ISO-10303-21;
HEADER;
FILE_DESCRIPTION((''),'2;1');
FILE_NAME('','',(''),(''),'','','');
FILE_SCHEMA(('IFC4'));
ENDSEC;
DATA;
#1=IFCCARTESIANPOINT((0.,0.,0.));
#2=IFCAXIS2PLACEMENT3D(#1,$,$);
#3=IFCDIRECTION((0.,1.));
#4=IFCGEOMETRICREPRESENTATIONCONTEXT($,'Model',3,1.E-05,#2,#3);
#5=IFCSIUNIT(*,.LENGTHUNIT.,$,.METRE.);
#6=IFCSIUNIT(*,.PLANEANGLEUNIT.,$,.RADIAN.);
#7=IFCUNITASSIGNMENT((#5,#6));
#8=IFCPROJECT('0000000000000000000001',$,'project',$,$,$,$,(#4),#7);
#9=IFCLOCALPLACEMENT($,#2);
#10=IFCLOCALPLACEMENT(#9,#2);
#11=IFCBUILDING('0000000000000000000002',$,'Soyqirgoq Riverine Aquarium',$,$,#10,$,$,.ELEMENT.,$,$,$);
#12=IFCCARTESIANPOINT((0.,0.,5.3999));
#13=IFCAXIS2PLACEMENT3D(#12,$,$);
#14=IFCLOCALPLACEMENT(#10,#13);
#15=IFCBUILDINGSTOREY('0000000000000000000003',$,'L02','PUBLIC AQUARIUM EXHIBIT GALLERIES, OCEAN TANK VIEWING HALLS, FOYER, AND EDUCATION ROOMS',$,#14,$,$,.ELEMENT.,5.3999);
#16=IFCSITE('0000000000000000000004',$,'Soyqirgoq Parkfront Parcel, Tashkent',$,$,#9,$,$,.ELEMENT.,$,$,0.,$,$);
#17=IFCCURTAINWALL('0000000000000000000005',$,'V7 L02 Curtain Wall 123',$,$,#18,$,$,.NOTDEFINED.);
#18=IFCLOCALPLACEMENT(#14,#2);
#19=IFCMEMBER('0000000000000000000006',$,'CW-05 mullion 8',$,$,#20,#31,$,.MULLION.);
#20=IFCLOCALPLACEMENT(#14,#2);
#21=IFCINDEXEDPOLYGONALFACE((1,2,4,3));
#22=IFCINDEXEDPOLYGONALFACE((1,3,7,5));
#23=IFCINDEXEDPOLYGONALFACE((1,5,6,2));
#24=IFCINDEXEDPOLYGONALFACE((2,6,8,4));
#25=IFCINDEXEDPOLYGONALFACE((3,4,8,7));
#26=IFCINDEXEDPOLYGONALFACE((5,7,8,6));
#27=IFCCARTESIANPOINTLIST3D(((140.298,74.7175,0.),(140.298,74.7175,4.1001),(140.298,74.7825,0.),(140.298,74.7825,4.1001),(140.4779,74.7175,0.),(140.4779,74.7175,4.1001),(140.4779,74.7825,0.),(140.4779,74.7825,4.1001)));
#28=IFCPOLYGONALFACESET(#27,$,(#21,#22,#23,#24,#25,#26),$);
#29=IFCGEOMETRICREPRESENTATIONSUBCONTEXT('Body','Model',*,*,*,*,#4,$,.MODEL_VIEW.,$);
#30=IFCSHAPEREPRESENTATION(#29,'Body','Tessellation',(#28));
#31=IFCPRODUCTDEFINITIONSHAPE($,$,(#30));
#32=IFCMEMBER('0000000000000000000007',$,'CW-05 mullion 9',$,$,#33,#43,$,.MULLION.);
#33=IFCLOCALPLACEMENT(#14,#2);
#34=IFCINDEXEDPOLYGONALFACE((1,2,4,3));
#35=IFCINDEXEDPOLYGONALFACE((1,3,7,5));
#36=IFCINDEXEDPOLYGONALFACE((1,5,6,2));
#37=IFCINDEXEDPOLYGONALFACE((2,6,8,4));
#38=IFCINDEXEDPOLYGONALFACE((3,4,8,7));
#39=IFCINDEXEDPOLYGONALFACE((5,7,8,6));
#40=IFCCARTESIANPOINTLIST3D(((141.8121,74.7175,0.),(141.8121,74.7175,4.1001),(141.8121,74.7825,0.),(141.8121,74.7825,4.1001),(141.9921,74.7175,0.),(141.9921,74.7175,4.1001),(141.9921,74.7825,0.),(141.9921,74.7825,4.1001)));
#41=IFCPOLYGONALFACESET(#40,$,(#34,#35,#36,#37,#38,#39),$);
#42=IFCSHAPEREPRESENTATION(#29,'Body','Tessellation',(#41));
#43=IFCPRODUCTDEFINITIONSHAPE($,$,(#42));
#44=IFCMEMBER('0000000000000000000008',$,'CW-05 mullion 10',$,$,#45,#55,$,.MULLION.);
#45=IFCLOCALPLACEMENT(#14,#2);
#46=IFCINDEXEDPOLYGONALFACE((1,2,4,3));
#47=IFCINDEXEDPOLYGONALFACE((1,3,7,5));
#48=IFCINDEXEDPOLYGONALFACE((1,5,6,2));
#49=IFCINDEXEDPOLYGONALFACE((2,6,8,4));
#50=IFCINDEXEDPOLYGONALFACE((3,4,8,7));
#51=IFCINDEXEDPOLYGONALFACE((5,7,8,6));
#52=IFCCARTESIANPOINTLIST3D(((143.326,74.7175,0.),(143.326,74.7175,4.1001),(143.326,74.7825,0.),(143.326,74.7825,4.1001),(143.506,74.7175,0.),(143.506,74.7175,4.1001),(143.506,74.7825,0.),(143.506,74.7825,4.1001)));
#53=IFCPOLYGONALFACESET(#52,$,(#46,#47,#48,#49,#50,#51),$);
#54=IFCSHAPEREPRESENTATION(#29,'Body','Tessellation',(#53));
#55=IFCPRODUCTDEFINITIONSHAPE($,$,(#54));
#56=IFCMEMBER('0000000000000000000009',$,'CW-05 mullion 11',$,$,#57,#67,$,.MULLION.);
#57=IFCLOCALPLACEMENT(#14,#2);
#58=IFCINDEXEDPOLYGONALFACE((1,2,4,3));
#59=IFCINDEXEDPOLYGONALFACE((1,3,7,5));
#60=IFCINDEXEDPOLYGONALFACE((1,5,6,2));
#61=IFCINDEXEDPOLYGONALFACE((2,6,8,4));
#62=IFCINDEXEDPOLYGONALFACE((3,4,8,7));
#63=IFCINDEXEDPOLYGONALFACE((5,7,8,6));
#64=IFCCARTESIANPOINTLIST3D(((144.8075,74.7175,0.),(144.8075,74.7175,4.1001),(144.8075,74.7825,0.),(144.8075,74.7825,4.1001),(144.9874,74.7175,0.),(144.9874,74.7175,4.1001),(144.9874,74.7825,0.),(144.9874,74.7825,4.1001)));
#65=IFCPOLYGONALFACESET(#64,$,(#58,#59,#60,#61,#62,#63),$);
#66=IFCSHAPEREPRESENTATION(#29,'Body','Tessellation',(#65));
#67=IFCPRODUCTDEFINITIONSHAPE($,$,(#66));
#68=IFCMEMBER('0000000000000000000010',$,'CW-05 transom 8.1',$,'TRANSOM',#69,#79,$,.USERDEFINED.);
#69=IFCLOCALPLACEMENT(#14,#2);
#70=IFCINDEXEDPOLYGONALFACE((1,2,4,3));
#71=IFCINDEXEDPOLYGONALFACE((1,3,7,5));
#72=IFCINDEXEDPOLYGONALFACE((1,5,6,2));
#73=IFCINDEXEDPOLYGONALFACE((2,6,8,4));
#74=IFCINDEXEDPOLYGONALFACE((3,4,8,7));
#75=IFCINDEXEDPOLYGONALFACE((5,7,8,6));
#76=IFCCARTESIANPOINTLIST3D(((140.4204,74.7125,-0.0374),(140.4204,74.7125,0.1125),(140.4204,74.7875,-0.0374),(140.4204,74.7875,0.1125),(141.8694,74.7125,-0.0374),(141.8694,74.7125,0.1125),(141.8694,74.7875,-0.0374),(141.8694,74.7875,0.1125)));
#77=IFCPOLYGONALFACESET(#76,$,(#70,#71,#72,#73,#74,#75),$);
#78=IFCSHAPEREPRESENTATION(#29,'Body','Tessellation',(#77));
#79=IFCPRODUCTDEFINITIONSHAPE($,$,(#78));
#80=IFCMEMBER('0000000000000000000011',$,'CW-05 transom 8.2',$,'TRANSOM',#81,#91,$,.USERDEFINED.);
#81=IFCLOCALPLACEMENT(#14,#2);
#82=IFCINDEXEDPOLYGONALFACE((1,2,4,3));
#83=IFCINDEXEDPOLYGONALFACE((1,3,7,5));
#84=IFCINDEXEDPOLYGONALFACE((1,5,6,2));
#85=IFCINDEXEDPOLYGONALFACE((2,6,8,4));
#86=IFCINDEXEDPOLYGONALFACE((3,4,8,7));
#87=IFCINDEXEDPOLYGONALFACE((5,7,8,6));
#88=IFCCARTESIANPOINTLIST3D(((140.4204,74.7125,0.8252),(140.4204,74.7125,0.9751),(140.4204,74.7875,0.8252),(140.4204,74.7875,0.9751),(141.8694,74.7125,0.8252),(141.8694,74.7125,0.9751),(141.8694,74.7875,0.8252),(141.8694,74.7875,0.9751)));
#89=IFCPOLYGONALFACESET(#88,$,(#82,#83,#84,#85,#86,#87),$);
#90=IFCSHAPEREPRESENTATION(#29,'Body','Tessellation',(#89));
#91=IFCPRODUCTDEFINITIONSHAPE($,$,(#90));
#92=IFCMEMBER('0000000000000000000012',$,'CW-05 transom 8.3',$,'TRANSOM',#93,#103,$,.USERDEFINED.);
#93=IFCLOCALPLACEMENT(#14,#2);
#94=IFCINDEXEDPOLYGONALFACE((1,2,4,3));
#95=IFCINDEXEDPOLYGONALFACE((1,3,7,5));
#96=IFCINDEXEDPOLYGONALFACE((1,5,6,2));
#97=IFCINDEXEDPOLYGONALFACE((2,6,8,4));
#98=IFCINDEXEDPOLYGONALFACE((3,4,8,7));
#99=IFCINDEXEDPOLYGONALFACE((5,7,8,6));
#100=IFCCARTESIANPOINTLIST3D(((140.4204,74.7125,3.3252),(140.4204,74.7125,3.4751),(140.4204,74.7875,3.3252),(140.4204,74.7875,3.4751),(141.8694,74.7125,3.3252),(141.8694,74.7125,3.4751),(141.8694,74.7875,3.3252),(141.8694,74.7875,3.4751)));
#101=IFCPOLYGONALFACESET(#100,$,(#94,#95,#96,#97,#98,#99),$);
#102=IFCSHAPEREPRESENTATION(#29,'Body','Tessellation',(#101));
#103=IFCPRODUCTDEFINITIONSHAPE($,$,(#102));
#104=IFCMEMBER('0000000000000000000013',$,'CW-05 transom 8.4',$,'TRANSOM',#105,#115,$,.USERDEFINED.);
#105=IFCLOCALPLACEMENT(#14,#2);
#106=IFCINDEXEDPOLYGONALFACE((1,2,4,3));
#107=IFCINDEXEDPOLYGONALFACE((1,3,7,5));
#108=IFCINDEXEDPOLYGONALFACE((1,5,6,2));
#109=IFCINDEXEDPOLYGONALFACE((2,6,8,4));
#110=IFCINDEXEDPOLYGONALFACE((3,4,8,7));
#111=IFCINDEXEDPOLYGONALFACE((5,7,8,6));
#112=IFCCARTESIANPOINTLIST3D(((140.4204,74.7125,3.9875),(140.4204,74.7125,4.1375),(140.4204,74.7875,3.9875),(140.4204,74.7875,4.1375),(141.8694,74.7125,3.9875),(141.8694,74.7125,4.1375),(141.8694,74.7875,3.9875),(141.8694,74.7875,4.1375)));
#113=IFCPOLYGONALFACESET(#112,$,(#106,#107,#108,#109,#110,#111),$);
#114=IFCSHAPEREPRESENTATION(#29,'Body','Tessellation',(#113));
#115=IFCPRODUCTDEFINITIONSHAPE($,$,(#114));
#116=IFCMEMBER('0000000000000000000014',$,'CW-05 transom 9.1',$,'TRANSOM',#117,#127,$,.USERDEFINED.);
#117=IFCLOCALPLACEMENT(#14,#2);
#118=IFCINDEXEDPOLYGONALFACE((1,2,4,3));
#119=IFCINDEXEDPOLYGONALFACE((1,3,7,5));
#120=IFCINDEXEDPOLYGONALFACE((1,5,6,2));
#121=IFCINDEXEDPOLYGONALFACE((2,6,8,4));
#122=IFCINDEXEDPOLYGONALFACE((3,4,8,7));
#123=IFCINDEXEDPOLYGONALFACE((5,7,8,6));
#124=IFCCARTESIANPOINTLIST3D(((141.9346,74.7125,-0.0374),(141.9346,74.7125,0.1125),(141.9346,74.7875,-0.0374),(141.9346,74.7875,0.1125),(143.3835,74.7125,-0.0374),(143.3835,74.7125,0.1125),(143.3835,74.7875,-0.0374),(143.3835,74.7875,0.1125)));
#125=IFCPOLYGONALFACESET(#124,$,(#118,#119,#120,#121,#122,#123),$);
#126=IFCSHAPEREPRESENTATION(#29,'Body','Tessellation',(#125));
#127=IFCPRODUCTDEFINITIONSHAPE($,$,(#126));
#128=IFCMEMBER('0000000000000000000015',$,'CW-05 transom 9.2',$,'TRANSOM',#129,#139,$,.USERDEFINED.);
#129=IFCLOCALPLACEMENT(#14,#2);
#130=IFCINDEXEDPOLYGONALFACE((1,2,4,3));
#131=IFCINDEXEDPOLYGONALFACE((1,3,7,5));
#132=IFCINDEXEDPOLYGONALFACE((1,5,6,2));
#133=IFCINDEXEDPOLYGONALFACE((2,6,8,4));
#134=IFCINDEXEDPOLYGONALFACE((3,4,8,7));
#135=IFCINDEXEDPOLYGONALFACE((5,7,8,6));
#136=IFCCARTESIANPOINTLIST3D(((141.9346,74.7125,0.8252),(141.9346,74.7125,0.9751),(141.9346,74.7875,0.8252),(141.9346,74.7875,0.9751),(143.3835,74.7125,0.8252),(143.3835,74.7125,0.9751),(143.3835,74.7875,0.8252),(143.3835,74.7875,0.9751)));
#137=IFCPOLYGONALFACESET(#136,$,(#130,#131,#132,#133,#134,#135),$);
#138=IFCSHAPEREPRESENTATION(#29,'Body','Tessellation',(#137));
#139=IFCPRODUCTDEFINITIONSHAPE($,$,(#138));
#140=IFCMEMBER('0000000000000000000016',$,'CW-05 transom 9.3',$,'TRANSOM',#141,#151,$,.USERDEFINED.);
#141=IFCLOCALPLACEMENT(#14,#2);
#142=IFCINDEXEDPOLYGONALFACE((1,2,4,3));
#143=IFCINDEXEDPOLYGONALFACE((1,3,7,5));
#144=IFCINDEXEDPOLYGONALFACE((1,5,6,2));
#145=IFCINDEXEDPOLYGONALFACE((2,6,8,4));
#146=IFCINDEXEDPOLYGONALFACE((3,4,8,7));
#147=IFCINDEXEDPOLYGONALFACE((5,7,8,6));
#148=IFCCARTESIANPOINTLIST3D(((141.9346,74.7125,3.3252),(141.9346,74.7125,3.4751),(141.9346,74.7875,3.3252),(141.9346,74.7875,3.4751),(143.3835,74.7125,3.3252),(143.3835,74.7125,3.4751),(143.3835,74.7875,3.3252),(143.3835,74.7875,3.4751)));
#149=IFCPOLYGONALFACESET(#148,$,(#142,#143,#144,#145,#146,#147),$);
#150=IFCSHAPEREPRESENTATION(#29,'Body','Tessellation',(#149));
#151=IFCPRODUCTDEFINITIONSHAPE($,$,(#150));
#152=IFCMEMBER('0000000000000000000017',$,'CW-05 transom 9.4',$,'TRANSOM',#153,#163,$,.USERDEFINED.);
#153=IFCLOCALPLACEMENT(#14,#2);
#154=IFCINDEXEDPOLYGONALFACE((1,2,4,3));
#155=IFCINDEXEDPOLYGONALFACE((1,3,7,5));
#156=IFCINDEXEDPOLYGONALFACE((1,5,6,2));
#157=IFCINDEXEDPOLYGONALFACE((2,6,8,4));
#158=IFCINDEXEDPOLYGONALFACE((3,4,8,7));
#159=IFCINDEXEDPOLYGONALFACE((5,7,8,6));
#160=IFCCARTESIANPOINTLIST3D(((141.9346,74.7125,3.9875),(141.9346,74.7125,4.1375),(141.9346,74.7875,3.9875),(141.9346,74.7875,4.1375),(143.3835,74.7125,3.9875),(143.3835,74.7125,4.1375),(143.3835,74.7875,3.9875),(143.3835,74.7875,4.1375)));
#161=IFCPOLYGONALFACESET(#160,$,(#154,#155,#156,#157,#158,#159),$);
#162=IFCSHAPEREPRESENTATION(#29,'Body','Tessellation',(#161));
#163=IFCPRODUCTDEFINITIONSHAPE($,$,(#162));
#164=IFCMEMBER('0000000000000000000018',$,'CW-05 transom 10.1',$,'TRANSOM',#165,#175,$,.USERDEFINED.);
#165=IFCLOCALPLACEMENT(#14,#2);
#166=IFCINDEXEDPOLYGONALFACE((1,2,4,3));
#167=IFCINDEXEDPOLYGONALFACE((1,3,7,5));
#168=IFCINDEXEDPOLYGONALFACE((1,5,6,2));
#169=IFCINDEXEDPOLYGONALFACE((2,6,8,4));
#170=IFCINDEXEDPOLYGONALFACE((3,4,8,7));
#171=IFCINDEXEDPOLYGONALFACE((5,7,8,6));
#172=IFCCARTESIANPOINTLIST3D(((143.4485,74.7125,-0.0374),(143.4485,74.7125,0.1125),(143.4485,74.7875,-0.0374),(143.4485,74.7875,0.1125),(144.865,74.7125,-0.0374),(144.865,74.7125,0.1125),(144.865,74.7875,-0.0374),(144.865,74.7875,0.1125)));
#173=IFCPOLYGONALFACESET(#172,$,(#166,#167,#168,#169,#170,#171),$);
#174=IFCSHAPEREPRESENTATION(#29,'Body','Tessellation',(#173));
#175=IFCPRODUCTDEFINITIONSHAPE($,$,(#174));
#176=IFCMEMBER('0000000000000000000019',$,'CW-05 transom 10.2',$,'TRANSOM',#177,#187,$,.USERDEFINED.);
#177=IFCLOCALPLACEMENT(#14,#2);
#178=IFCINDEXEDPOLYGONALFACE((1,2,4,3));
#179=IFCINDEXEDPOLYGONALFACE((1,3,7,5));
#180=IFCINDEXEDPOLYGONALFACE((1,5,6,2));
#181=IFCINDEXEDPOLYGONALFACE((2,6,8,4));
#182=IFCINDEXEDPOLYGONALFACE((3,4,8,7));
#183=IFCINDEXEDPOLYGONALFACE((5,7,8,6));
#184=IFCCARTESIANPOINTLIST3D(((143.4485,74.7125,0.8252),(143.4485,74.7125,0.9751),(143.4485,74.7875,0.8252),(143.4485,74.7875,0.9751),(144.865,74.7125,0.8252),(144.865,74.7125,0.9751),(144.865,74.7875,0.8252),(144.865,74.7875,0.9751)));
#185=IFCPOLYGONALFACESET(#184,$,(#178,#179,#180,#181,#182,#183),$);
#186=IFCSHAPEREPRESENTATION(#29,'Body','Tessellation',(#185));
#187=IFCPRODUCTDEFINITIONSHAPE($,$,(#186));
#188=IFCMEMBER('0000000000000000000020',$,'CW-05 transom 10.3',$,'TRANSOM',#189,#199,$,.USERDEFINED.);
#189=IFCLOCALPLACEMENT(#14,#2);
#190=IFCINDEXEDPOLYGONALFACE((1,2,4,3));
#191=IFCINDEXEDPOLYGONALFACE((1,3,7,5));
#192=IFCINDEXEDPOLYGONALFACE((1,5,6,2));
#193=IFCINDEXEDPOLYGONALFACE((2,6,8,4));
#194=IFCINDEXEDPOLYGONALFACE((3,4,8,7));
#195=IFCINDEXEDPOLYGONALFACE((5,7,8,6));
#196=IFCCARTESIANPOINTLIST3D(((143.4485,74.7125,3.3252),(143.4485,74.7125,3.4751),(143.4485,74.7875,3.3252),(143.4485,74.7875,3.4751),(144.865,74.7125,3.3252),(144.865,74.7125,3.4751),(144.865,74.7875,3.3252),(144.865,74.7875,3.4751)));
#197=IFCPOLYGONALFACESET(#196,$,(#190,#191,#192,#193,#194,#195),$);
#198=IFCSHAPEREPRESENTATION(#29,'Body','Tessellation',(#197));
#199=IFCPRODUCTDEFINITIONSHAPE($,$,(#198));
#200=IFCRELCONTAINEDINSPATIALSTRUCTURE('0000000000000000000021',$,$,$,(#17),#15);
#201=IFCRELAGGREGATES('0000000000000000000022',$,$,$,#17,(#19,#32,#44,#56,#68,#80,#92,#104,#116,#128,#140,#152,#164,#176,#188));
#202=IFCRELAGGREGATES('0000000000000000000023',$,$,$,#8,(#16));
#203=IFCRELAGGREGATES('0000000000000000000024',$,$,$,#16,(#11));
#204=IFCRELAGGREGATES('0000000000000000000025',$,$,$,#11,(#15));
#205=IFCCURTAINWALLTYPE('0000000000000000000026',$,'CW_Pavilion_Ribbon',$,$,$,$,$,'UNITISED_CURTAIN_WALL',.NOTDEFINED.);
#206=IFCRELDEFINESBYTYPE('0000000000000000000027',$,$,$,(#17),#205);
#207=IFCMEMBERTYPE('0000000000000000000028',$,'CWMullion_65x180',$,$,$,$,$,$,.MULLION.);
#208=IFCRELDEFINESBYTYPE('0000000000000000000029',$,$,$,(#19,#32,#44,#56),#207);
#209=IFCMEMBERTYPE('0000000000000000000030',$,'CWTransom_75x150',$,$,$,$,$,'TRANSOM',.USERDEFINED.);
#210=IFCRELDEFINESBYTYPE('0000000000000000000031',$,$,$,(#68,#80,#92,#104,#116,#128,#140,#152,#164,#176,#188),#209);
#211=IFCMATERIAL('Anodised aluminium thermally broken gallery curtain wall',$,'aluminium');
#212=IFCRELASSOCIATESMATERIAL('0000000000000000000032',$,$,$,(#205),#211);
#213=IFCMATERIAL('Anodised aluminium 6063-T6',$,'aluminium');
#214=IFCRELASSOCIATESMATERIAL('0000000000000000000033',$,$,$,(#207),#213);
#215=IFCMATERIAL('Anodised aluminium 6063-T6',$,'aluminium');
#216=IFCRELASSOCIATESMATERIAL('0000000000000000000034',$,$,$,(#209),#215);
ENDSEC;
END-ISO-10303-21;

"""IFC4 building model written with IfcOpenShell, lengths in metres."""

from ifc_helpers import new_model, si_unit, direction, frame, origin, origin_2d, place, context, subcontext, project, spatial, rectangle, extrude, material, material_profile, profile_set, type_object, element, aggregate, save


model = new_model("IFC4")

# Units and contexts
model_context = context("Model", 3, precision=1e-05, world=origin(), true_north=direction((0.0, 1.0)))
body_context = subcontext(model_context, "Body", "Model", "MODEL_VIEW")
ifc_project = project(units=[si_unit("LENGTHUNIT", "METRE"), si_unit("PLANEANGLEUNIT", "RADIAN")], contexts=[model_context])

# Site, building, storey
site_placement = place(None, origin())
site = spatial("IfcSite", under=ifc_project, at=site_placement, Name="Soyqirgoq Parkfront Parcel, Tashkent", CompositionType="ELEMENT", RefElevation=0.0)
building_placement = place(site_placement, origin())
building = spatial("IfcBuilding", under=site, at=building_placement, Name="Soyqirgoq Riverine Aquarium", CompositionType="ELEMENT")
storey_placement = place(building_placement, frame((0.0, 0.0, 5.3999)))
storey = spatial("IfcBuildingStorey", under=building, at=storey_placement, Name="L02", Description="PUBLIC AQUARIUM EXHIBIT GALLERIES, OCEAN TANK VIEWING HALLS, FOYER, AND EDUCATION ROOMS", CompositionType="ELEMENT", Elevation=5.3999)

# Curtain wall, members
ifc_material_1 = material(Name="Anodised aluminium thermally broken gallery curtain wall", Category="aluminium")
curtain_wall_type = type_object("IfcCurtainWallType", Name="CW_Pavilion_Ribbon", ElementType="UNITISED_CURTAIN_WALL", PredefinedType="NOTDEFINED", material=ifc_material_1)
curtain_wall_placement = place(storey_placement, origin())
curtain_wall = element("IfcCurtainWall", 1, at=curtain_wall_placement, inside=storey, type_object=curtain_wall_type, Name="V7 L02 Curtain Wall 123", PredefinedType="NOTDEFINED")
ifc_material_2 = material(Name="Anodised aluminium 6063-T6", Category="aluminium")
ifc_material_profile_1 = material_profile(ifc_material_2, rectangle(XDim=0.0649, YDim=0.1799, at=origin_2d()), Name="ALU-M 65x180")
ifc_profile_set_1 = profile_set([ifc_material_profile_1], Name="Anodised aluminium 6063-T6")
member_type_1 = type_object("IfcMemberType", Name="CWMullion_65x180", PredefinedType="MULLION", material=ifc_profile_set_1)
member_1_placement = place(storey_placement, frame((140.3879, 74.75, 0.0), z_axis=(0.0, 0.0, 1.0), x_axis=(0.0, 1.0, 0.0)))
member_1 = element("IfcMember", 2, at=member_1_placement, type_object=member_type_1, Name="CW-05 mullion 8", PredefinedType="MULLION", context=body_context, shape_type="SweptSolid", body=[
    extrude(rectangle(XDim=0.0649, YDim=0.1799, at=origin_2d()), origin(), (0.0, 0.0, 1.0), 4.1001),
])
member_2_placement = place(storey_placement, frame((141.9021, 74.75, 0.0), z_axis=(0.0, 0.0, 1.0), x_axis=(0.0, 1.0, 0.0)))
member_2 = element("IfcMember", 3, at=member_2_placement, type_object=member_type_1, Name="CW-05 mullion 9", PredefinedType="MULLION", context=body_context, shape_type="SweptSolid", body=[
    extrude(rectangle(XDim=0.0649, YDim=0.1799, at=origin_2d()), origin(), (0.0, 0.0, 1.0), 4.1001),
])
member_3_placement = place(storey_placement, frame((143.416, 74.75, 0.0), z_axis=(0.0, 0.0, 1.0), x_axis=(0.0, 1.0, 0.0)))
member_3 = element("IfcMember", 4, at=member_3_placement, type_object=member_type_1, Name="CW-05 mullion 10", PredefinedType="MULLION", context=body_context, shape_type="SweptSolid", body=[
    extrude(rectangle(XDim=0.0649, YDim=0.1799, at=origin_2d()), origin(), (0.0, 0.0, 1.0), 4.1001),
])
member_4_placement = place(storey_placement, frame((144.8975, 74.75, 0.0), z_axis=(0.0, 0.0, 1.0), x_axis=(0.0, 1.0, 0.0)))
member_4 = element("IfcMember", 5, at=member_4_placement, type_object=member_type_1, Name="CW-05 mullion 11", PredefinedType="MULLION", context=body_context, shape_type="SweptSolid", body=[
    extrude(rectangle(XDim=0.0649, YDim=0.1799, at=origin_2d()), origin(), (0.0, 0.0, 1.0), 4.1001),
])
ifc_material_3 = material(Name="Anodised aluminium 6063-T6", Category="aluminium")
ifc_material_profile_2 = material_profile(ifc_material_3, rectangle(XDim=0.075, YDim=0.1499, at=origin_2d()), Name="ALU-T 75x150")
ifc_profile_set_2 = profile_set([ifc_material_profile_2], Name="Anodised aluminium 6063-T6")
member_type_2 = type_object("IfcMemberType", Name="CWTransom_75x150", ElementType="TRANSOM", PredefinedType="USERDEFINED", material=ifc_profile_set_2)
member_5_placement = place(storey_placement, frame((140.4204, 74.75, 0.0376), z_axis=(1.0, 0.0, 0.0), x_axis=(0.0, 1.0, 0.0)))
member_5 = element("IfcMember", 6, at=member_5_placement, type_object=member_type_2, Name="CW-05 transom 8.1", ObjectType="TRANSOM", PredefinedType="USERDEFINED", context=body_context, shape_type="SweptSolid", body=[
    extrude(rectangle(XDim=0.075, YDim=0.1499, at=origin_2d()), origin(), (0.0, 0.0, 1.0), 1.449),
])
member_6_placement = place(storey_placement, frame((140.4204, 74.75, 0.9001), z_axis=(1.0, 0.0, 0.0), x_axis=(0.0, 1.0, 0.0)))
member_6 = element("IfcMember", 7, at=member_6_placement, type_object=member_type_2, Name="CW-05 transom 8.2", ObjectType="TRANSOM", PredefinedType="USERDEFINED", context=body_context, shape_type="SweptSolid", body=[
    extrude(rectangle(XDim=0.075, YDim=0.1499, at=origin_2d()), origin(), (0.0, 0.0, 1.0), 1.449),
])
member_7_placement = place(storey_placement, frame((140.4204, 74.75, 3.4001), z_axis=(1.0, 0.0, 0.0), x_axis=(0.0, 1.0, 0.0)))
member_7 = element("IfcMember", 8, at=member_7_placement, type_object=member_type_2, Name="CW-05 transom 8.3", ObjectType="TRANSOM", PredefinedType="USERDEFINED", context=body_context, shape_type="SweptSolid", body=[
    extrude(rectangle(XDim=0.075, YDim=0.1499, at=origin_2d()), origin(), (0.0, 0.0, 1.0), 1.449),
])
member_8_placement = place(storey_placement, frame((140.4204, 74.75, 4.0625), z_axis=(1.0, 0.0, 0.0), x_axis=(0.0, 1.0, 0.0)))
member_8 = element("IfcMember", 9, at=member_8_placement, type_object=member_type_2, Name="CW-05 transom 8.4", ObjectType="TRANSOM", PredefinedType="USERDEFINED", context=body_context, shape_type="SweptSolid", body=[
    extrude(rectangle(XDim=0.075, YDim=0.1499, at=origin_2d()), origin(), (0.0, 0.0, 1.0), 1.449),
])
member_9_placement = place(storey_placement, frame((141.9346, 74.75, 0.0376), z_axis=(1.0, 0.0, 0.0), x_axis=(0.0, 1.0, 0.0)))
member_9 = element("IfcMember", 10, at=member_9_placement, type_object=member_type_2, Name="CW-05 transom 9.1", ObjectType="TRANSOM", PredefinedType="USERDEFINED", context=body_context, shape_type="SweptSolid", body=[
    extrude(rectangle(XDim=0.075, YDim=0.1499, at=origin_2d()), origin(), (0.0, 0.0, 1.0), 1.449),
])
member_10_placement = place(storey_placement, frame((141.9346, 74.75, 0.9001), z_axis=(1.0, 0.0, 0.0), x_axis=(0.0, 1.0, 0.0)))
member_10 = element("IfcMember", 11, at=member_10_placement, type_object=member_type_2, Name="CW-05 transom 9.2", ObjectType="TRANSOM", PredefinedType="USERDEFINED", context=body_context, shape_type="SweptSolid", body=[
    extrude(rectangle(XDim=0.075, YDim=0.1499, at=origin_2d()), origin(), (0.0, 0.0, 1.0), 1.449),
])
member_11_placement = place(storey_placement, frame((141.9346, 74.75, 3.4001), z_axis=(1.0, 0.0, 0.0), x_axis=(0.0, 1.0, 0.0)))
member_11 = element("IfcMember", 12, at=member_11_placement, type_object=member_type_2, Name="CW-05 transom 9.3", ObjectType="TRANSOM", PredefinedType="USERDEFINED", context=body_context, shape_type="SweptSolid", body=[
    extrude(rectangle(XDim=0.075, YDim=0.1499, at=origin_2d()), origin(), (0.0, 0.0, 1.0), 1.449),
])
member_12_placement = place(storey_placement, frame((141.9346, 74.75, 4.0625), z_axis=(1.0, 0.0, 0.0), x_axis=(0.0, 1.0, 0.0)))
member_12 = element("IfcMember", 13, at=member_12_placement, type_object=member_type_2, Name="CW-05 transom 9.4", ObjectType="TRANSOM", PredefinedType="USERDEFINED", context=body_context, shape_type="SweptSolid", body=[
    extrude(rectangle(XDim=0.075, YDim=0.1499, at=origin_2d()), origin(), (0.0, 0.0, 1.0), 1.449),
])
member_13_placement = place(storey_placement, frame((143.4485, 74.75, 0.0376), z_axis=(1.0, 0.0, 0.0), x_axis=(0.0, 1.0, 0.0)))
member_13 = element("IfcMember", 14, at=member_13_placement, type_object=member_type_2, Name="CW-05 transom 10.1", ObjectType="TRANSOM", PredefinedType="USERDEFINED", context=body_context, shape_type="SweptSolid", body=[
    extrude(rectangle(XDim=0.075, YDim=0.1499, at=origin_2d()), origin(), (0.0, 0.0, 1.0), 1.4165),
])
member_14_placement = place(storey_placement, frame((143.4485, 74.75, 0.9001), z_axis=(1.0, 0.0, 0.0), x_axis=(0.0, 1.0, 0.0)))
member_14 = element("IfcMember", 15, at=member_14_placement, type_object=member_type_2, Name="CW-05 transom 10.2", ObjectType="TRANSOM", PredefinedType="USERDEFINED", context=body_context, shape_type="SweptSolid", body=[
    extrude(rectangle(XDim=0.075, YDim=0.1499, at=origin_2d()), origin(), (0.0, 0.0, 1.0), 1.4165),
])
member_15_placement = place(storey_placement, frame((143.4485, 74.75, 3.4001), z_axis=(1.0, 0.0, 0.0), x_axis=(0.0, 1.0, 0.0)))
member_15 = element("IfcMember", 16, at=member_15_placement, type_object=member_type_2, Name="CW-05 transom 10.3", ObjectType="TRANSOM", PredefinedType="USERDEFINED", context=body_context, shape_type="SweptSolid", body=[
    extrude(rectangle(XDim=0.075, YDim=0.1499, at=origin_2d()), origin(), (0.0, 0.0, 1.0), 1.4165),
])
aggregate(curtain_wall, [member_1, member_2, member_3, member_4, member_5, member_6, member_7, member_8, member_9, member_10, member_11, member_12, member_13, member_14, member_15])

save(model, "model.ifc")
